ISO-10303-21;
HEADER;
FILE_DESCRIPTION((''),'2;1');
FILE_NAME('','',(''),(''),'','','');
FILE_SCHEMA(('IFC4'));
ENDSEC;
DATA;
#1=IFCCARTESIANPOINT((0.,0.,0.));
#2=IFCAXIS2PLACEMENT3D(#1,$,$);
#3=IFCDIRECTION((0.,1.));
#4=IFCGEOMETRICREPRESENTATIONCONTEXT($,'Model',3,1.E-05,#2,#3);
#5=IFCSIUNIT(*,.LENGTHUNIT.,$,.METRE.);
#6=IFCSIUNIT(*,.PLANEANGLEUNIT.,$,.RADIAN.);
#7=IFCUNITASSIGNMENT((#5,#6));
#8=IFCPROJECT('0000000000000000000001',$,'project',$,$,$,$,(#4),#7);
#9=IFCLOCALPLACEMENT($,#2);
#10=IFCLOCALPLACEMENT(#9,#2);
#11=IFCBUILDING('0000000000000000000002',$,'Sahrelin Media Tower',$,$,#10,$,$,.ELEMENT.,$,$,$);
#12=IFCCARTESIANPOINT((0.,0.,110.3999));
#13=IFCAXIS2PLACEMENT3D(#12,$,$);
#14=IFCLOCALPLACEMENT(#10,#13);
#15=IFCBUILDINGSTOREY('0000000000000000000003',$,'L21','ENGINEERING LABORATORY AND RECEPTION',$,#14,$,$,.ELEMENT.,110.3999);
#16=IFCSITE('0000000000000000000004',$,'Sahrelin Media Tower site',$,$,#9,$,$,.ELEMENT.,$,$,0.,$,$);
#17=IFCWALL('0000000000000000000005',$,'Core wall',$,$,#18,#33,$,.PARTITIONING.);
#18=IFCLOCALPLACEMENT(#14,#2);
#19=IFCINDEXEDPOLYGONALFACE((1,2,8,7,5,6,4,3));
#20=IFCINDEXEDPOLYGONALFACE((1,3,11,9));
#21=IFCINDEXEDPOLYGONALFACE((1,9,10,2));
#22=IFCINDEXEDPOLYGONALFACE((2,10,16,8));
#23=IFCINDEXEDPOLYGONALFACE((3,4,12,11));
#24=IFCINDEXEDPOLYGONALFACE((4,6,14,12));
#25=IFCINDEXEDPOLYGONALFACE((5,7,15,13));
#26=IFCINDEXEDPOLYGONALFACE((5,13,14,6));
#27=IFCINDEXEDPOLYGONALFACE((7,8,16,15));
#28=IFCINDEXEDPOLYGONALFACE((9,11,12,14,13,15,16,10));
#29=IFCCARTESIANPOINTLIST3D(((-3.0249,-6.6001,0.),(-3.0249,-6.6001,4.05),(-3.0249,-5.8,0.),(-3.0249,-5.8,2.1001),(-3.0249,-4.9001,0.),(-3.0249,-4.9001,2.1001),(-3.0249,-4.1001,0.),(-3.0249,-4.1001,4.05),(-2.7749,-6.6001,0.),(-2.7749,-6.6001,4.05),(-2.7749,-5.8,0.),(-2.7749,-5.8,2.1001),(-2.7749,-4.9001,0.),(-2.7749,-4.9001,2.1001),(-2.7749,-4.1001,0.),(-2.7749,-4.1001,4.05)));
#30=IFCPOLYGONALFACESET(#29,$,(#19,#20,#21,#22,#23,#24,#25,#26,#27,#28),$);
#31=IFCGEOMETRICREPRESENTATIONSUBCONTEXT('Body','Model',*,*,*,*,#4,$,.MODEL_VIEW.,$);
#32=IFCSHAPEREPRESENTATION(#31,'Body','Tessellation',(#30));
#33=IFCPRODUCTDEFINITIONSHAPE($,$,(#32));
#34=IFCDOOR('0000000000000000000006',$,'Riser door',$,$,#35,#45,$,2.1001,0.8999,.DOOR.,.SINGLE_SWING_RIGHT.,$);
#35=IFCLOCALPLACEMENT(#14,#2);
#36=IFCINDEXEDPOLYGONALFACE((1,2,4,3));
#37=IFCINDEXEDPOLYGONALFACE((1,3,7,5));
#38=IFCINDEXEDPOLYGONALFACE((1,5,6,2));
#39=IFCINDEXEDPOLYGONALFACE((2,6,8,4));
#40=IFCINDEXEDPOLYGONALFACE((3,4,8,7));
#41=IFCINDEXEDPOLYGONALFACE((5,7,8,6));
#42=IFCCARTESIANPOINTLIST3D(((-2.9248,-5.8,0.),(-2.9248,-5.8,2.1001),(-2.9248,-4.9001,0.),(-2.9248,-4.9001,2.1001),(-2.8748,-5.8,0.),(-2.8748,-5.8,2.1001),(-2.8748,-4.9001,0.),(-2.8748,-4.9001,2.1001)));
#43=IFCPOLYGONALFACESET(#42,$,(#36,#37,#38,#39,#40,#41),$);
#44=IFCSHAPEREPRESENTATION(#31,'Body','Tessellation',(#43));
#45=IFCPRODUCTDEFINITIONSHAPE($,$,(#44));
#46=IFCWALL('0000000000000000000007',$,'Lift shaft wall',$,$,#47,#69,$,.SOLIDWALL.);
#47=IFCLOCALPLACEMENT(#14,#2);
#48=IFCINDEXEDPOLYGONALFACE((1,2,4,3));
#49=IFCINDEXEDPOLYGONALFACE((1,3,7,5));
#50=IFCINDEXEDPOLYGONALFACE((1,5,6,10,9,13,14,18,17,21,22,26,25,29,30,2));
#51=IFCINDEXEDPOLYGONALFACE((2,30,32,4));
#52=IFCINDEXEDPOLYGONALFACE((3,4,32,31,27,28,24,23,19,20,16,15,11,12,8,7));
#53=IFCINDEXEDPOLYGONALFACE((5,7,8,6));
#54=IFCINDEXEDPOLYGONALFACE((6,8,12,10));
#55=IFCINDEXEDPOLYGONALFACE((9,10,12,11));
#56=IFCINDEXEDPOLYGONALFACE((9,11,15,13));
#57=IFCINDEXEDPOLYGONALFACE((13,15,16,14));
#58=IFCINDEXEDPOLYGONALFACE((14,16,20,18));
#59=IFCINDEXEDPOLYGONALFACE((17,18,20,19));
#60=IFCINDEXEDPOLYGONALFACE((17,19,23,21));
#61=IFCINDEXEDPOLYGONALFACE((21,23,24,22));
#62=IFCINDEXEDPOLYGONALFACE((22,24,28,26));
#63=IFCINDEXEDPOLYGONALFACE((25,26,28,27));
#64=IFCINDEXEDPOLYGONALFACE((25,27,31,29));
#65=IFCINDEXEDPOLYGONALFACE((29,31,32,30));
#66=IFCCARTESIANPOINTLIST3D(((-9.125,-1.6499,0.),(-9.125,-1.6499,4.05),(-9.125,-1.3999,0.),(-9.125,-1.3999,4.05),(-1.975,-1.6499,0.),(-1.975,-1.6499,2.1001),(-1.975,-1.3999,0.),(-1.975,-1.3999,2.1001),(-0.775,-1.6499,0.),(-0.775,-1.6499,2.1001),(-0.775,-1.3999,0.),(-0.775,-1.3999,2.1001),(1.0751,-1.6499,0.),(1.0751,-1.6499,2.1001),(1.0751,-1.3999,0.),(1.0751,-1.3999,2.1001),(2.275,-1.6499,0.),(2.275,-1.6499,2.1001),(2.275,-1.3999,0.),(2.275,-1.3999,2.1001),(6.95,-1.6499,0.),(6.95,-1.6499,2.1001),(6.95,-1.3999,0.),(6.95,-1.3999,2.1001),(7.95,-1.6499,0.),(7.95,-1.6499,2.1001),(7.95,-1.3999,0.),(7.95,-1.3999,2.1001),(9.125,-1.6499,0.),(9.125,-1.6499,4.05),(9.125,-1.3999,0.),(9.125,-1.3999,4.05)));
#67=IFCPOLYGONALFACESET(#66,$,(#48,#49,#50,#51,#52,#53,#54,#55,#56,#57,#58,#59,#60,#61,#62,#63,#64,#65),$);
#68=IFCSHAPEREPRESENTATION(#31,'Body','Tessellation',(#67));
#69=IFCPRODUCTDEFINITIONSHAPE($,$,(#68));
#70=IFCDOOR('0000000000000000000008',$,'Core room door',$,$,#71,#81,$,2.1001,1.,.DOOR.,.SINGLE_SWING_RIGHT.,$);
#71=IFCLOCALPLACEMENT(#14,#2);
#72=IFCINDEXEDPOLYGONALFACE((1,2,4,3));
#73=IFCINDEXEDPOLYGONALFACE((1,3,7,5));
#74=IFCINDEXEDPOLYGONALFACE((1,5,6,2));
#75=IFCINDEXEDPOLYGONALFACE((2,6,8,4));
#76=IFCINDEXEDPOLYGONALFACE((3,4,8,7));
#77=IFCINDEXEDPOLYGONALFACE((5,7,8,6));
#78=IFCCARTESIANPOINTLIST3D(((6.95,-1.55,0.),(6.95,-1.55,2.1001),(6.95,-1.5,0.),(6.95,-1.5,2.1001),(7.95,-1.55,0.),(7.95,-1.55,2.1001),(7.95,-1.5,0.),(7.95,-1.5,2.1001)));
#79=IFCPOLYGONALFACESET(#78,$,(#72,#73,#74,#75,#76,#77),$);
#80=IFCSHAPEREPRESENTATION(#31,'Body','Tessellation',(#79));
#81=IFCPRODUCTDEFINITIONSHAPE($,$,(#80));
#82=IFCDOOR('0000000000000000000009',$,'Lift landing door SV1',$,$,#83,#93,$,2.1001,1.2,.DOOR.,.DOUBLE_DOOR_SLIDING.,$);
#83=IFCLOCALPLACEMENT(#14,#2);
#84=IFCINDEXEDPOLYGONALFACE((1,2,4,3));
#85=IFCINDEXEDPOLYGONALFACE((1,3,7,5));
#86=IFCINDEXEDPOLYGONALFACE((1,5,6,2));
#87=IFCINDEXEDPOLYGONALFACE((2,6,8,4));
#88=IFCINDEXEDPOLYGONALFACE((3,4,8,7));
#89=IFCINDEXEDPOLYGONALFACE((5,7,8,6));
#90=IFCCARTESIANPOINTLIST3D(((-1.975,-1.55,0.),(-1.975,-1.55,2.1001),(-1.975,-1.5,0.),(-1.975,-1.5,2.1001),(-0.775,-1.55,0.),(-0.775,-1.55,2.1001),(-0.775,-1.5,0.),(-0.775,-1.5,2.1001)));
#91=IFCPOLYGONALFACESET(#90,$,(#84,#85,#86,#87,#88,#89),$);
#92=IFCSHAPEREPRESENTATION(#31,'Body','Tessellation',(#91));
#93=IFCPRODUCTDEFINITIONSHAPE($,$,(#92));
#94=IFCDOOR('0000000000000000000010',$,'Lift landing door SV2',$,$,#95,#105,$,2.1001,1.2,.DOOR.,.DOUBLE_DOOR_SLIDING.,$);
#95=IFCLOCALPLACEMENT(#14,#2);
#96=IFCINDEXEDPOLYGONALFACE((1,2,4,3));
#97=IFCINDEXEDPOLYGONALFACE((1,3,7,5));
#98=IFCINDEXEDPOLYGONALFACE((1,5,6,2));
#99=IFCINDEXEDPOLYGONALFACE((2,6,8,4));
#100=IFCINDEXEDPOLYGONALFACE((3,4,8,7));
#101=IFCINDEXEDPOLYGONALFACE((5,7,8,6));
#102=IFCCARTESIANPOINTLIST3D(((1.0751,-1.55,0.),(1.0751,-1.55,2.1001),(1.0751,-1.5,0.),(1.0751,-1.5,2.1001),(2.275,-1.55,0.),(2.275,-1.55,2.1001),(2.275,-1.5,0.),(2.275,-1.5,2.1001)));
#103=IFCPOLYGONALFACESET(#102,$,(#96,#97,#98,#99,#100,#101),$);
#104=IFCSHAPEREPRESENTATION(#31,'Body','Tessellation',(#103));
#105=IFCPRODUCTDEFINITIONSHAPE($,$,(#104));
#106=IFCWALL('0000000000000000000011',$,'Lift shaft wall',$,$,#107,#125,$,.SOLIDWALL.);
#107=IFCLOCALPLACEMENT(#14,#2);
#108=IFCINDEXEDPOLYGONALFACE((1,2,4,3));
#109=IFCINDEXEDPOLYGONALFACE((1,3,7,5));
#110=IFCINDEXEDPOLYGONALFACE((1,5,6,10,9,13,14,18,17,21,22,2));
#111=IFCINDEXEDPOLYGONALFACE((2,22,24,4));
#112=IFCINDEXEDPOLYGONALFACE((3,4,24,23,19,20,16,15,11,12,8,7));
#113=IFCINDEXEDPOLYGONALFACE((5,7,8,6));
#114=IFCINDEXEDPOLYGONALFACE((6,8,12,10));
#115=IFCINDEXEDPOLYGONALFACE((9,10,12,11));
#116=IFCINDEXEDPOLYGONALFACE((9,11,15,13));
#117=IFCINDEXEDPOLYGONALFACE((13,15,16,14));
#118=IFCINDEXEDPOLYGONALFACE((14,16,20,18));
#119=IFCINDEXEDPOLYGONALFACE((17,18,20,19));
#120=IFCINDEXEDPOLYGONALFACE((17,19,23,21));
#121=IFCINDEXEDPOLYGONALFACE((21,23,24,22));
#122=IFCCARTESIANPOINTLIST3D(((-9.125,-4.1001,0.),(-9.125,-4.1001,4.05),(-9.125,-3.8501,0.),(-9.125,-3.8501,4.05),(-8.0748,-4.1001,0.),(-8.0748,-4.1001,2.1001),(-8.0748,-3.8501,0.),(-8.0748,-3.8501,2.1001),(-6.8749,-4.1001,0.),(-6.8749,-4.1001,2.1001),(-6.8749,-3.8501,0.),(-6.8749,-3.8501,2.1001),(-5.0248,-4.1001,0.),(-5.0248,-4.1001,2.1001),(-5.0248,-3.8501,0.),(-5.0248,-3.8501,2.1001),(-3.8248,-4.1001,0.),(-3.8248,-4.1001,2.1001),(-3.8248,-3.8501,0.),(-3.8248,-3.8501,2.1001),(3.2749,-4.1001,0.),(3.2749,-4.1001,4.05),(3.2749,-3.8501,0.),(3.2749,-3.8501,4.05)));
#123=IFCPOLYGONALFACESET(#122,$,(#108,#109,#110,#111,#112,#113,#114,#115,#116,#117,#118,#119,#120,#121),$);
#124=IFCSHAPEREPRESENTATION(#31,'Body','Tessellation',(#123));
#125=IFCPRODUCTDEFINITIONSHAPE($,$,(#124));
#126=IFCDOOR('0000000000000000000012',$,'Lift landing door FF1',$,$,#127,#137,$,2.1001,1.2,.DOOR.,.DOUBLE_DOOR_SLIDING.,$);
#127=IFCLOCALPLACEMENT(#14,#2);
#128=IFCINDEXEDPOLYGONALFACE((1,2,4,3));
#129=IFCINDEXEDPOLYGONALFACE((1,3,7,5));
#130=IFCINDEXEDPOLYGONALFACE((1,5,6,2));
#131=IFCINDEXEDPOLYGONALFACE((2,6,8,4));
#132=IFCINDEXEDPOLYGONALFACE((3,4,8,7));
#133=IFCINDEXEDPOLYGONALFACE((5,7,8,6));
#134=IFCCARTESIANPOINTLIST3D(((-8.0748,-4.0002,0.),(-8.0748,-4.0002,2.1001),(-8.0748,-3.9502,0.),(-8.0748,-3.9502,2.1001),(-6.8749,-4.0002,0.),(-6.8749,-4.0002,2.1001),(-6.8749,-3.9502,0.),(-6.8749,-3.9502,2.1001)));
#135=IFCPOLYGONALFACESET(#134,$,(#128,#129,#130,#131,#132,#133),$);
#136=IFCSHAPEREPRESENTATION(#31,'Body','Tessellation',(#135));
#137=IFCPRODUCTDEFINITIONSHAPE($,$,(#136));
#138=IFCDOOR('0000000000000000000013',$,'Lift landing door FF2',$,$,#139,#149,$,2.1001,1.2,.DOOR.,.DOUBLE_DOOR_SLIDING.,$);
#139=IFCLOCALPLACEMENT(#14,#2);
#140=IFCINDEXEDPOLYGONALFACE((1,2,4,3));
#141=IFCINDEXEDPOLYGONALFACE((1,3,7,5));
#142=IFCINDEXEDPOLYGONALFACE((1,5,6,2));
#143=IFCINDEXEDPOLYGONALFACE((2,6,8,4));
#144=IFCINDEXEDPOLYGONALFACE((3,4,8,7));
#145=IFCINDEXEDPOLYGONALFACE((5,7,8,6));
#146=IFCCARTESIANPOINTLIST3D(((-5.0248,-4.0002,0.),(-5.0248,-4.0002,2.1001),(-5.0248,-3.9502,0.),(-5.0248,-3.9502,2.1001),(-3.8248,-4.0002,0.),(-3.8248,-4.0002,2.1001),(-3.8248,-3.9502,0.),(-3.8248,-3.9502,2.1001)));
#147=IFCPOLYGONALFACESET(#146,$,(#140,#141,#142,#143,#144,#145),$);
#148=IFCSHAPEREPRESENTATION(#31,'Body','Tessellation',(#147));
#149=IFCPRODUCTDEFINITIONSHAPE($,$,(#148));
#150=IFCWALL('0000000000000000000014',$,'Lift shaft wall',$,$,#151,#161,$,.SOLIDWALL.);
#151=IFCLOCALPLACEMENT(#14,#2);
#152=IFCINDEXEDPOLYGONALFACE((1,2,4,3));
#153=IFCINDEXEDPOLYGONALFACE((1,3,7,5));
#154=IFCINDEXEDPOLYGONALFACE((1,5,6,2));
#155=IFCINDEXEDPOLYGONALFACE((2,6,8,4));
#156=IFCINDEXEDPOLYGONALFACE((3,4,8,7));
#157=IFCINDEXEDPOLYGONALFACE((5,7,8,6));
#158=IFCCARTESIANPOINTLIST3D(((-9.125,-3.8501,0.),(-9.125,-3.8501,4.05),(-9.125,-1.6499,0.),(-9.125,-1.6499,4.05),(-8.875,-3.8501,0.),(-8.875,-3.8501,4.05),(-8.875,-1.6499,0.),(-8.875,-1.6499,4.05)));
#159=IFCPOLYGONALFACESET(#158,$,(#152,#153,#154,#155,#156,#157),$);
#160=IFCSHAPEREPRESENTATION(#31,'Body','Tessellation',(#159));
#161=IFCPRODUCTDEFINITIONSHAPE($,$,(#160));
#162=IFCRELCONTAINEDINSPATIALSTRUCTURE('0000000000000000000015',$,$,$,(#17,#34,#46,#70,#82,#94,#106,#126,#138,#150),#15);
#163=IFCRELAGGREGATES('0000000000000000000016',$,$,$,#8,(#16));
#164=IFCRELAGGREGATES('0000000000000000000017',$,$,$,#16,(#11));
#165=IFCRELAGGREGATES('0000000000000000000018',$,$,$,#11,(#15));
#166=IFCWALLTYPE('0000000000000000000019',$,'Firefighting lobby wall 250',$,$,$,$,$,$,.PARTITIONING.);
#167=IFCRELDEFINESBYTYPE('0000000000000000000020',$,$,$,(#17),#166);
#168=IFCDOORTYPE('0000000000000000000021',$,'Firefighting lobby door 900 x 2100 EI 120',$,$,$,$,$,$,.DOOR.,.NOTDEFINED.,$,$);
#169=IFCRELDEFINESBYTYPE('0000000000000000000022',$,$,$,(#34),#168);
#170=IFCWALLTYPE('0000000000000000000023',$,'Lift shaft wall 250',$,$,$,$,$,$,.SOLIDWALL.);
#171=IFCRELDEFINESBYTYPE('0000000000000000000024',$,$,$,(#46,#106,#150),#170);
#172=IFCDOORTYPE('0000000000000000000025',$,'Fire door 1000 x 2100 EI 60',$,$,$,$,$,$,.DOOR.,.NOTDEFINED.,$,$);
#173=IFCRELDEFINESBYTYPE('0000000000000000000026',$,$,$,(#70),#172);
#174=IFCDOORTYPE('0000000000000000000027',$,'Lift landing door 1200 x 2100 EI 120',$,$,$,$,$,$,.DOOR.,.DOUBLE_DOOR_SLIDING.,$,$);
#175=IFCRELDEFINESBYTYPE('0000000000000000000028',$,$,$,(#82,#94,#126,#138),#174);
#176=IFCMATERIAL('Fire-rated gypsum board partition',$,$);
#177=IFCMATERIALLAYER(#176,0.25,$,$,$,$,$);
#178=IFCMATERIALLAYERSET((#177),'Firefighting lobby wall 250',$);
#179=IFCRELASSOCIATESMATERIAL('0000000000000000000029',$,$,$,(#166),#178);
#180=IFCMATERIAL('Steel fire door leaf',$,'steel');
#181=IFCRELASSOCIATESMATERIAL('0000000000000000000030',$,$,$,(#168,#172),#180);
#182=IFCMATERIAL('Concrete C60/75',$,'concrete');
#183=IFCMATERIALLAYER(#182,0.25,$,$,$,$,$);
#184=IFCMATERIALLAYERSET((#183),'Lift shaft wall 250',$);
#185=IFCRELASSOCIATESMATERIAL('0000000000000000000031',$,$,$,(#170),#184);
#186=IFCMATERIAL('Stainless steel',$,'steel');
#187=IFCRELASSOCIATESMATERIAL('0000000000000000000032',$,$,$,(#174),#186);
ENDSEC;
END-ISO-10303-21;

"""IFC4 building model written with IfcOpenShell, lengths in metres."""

from ifc_helpers import new_model, si_unit, direction, frame, frame_2d, origin, place, context, subcontext, project, spatial, rectangle, extrude, material, layer, layer_set, type_object, element, fill, save


model = new_model("IFC4")

# Units and contexts
model_context = context("Model", 3, precision=1e-05, world=origin(), true_north=direction((0.0, 1.0)))
body_context = subcontext(model_context, "Body", "Model", "MODEL_VIEW")
ifc_project = project(units=[si_unit("LENGTHUNIT", "METRE"), si_unit("PLANEANGLEUNIT", "RADIAN")], contexts=[model_context])

# Site, building, storey
site_placement = place(None, origin())
site = spatial("IfcSite", under=ifc_project, at=site_placement, Name="Sahrelin Media Tower site", CompositionType="ELEMENT", RefElevation=0.0)
building_placement = place(site_placement, origin())
building = spatial("IfcBuilding", under=site, at=building_placement, Name="Sahrelin Media Tower", CompositionType="ELEMENT")
storey_placement = place(building_placement, frame((0.0, 0.0, 110.3999)))
storey = spatial("IfcBuildingStorey", under=building, at=storey_placement, Name="L21", Description="ENGINEERING LABORATORY AND RECEPTION", CompositionType="ELEMENT", Elevation=110.3999)

# Wall, opening, door
ifc_material_1 = material(Name="Fire-rated gypsum board partition")
ifc_layer_1 = layer(ifc_material_1, 0.25)
ifc_layer_set_1 = layer_set([ifc_layer_1], Name="Firefighting lobby wall 250")
wall_type_1 = type_object("IfcWallType", Name="Firefighting lobby wall 250", PredefinedType="PARTITIONING", material=ifc_layer_set_1)
ifc_material_2 = material(Name="Steel fire door leaf", Category="steel")
wall_1_placement = place(storey_placement, frame((-2.8999, -6.6001, 0.0), z_axis=(0.0, 0.0, 1.0), x_axis=(0.0, 1.0, 0.0)))
wall_1 = element("IfcWall", 1, at=wall_1_placement, inside=storey, type_object=wall_type_1, Name="Core wall", PredefinedType="PARTITIONING", context=body_context, shape_type="SweptSolid", body=[
    extrude(rectangle(XDim=2.5, YDim=0.25, at=frame_2d((1.25, 0.0))), origin(), (0.0, 0.0, 1.0), 4.05),
])
opening_1_placement = place(wall_1_placement, frame((0.8, 0.0, 0.0)))
opening_1 = element("IfcOpeningElement", 2, at=opening_1_placement, cuts=wall_1, PredefinedType="OPENING", context=body_context, shape_type="SweptSolid", body=[
    extrude(rectangle(XDim=0.8999, YDim=2.1001, at=frame_2d((0.45, 1.05))), frame((0.0, 0.125, 0.0), z_axis=(0.0, -1.0, 0.0), x_axis=(1.0, 0.0, 0.0)), (0.0, 0.0, 1.0), 0.25),
])
door_type_1 = type_object("IfcDoorType", Name="Firefighting lobby door 900 x 2100 EI 120", OperationType="NOTDEFINED", PredefinedType="DOOR", material=ifc_material_2)
door_1_placement = place(opening_1_placement, origin())
door_1 = element("IfcDoor", 3, at=door_1_placement, inside=storey, type_object=door_type_1, Name="Riser door", OperationType="SINGLE_SWING_RIGHT", OverallHeight=2.1001, OverallWidth=0.8999, PredefinedType="DOOR", context=body_context, shape_type="SweptSolid", body=[
    extrude(rectangle(XDim=0.8999, YDim=2.1001, at=frame_2d((0.45, 1.05))), frame((0.0, 0.0249, 0.0), z_axis=(0.0, -1.0, 0.0), x_axis=(1.0, 0.0, 0.0)), (0.0, 0.0, 1.0), 0.05),
])
fill(opening_1, door_1)

# Walls, openings, doors
ifc_material_3 = material(Name="Concrete C60/75", Category="concrete")
ifc_layer_2 = layer(ifc_material_3, 0.25)
ifc_layer_set_2 = layer_set([ifc_layer_2], Name="Lift shaft wall 250")
wall_type_2 = type_object("IfcWallType", Name="Lift shaft wall 250", PredefinedType="SOLIDWALL", material=ifc_layer_set_2)
wall_2_placement = place(storey_placement, frame((-9.125, -1.5249, 0.0), z_axis=(0.0, 0.0, 1.0), x_axis=(1.0, 0.0, 0.0)))
wall_2 = element("IfcWall", 4, at=wall_2_placement, inside=storey, type_object=wall_type_2, Name="Lift shaft wall", PredefinedType="SOLIDWALL", context=body_context, shape_type="SweptSolid", body=[
    extrude(rectangle(XDim=18.25, YDim=0.25, at=frame_2d((9.125, 0.0))), origin(), (0.0, 0.0, 1.0), 4.05),
])
opening_2_placement = place(wall_2_placement, frame((7.1499, 0.0, 0.0)))
opening_2 = element("IfcOpeningElement", 5, at=opening_2_placement, cuts=wall_2, PredefinedType="OPENING", context=body_context, shape_type="SweptSolid", body=[
    extrude(rectangle(XDim=1.2, YDim=2.1001, at=frame_2d((0.6001, 1.05))), frame((0.0, 0.125, 0.0), z_axis=(0.0, -1.0, 0.0), x_axis=(1.0, 0.0, 0.0)), (0.0, 0.0, 1.0), 0.25),
])
opening_3_placement = place(wall_2_placement, frame((10.2, 0.0, 0.0)))
opening_3 = element("IfcOpeningElement", 6, at=opening_3_placement, cuts=wall_2, PredefinedType="OPENING", context=body_context, shape_type="SweptSolid", body=[
    extrude(rectangle(XDim=1.2, YDim=2.1001, at=frame_2d((0.6001, 1.05))), frame((0.0, 0.125, 0.0), z_axis=(0.0, -1.0, 0.0), x_axis=(1.0, 0.0, 0.0)), (0.0, 0.0, 1.0), 0.25),
])
opening_4_placement = place(wall_2_placement, frame((16.075, 0.0, 0.0)))
opening_4 = element("IfcOpeningElement", 7, at=opening_4_placement, cuts=wall_2, PredefinedType="OPENING", context=body_context, shape_type="SweptSolid", body=[
    extrude(rectangle(XDim=1.0, YDim=2.1001, at=frame_2d((0.5, 1.05))), frame((0.0, 0.125, 0.0), z_axis=(0.0, -1.0, 0.0), x_axis=(1.0, 0.0, 0.0)), (0.0, 0.0, 1.0), 0.25),
])
door_type_2 = type_object("IfcDoorType", Name="Fire door 1000 x 2100 EI 60", OperationType="NOTDEFINED", PredefinedType="DOOR", material=ifc_material_2)
door_2_placement = place(opening_4_placement, origin())
door_2 = element("IfcDoor", 8, at=door_2_placement, inside=storey, type_object=door_type_2, Name="Core room door", OperationType="SINGLE_SWING_RIGHT", OverallHeight=2.1001, OverallWidth=1.0, PredefinedType="DOOR", context=body_context, shape_type="SweptSolid", body=[
    extrude(rectangle(XDim=1.0, YDim=2.1001, at=frame_2d((0.5, 1.05))), frame((0.0, 0.0249, 0.0), z_axis=(0.0, -1.0, 0.0), x_axis=(1.0, 0.0, 0.0)), (0.0, 0.0, 1.0), 0.05),
])
fill(opening_4, door_2)
ifc_material_4 = material(Name="Stainless steel", Category="steel")
door_type_3 = type_object("IfcDoorType", Name="Lift landing door 1200 x 2100 EI 120", OperationType="DOUBLE_DOOR_SLIDING", PredefinedType="DOOR", material=ifc_material_4)
door_3_placement = place(opening_2_placement, origin())
door_3 = element("IfcDoor", 9, at=door_3_placement, inside=storey, type_object=door_type_3, Name="Lift landing door SV1", OperationType="DOUBLE_DOOR_SLIDING", OverallHeight=2.1001, OverallWidth=1.2, PredefinedType="DOOR", context=body_context, shape_type="SweptSolid", body=[
    extrude(rectangle(XDim=1.2, YDim=2.1001, at=frame_2d((0.6001, 1.05))), frame((0.0, 0.0249, 0.0), z_axis=(0.0, -1.0, 0.0), x_axis=(1.0, 0.0, 0.0)), (0.0, 0.0, 1.0), 0.05),
])
fill(opening_2, door_3)
door_4_placement = place(opening_3_placement, origin())
door_4 = element("IfcDoor", 10, at=door_4_placement, inside=storey, type_object=door_type_3, Name="Lift landing door SV2", OperationType="DOUBLE_DOOR_SLIDING", OverallHeight=2.1001, OverallWidth=1.2, PredefinedType="DOOR", context=body_context, shape_type="SweptSolid", body=[
    extrude(rectangle(XDim=1.2, YDim=2.1001, at=frame_2d((0.6001, 1.05))), frame((0.0, 0.0249, 0.0), z_axis=(0.0, -1.0, 0.0), x_axis=(1.0, 0.0, 0.0)), (0.0, 0.0, 1.0), 0.05),
])
fill(opening_3, door_4)
wall_3_placement = place(storey_placement, frame((-9.125, -3.9751, 0.0), z_axis=(0.0, 0.0, 1.0), x_axis=(1.0, 0.0, 0.0)))
wall_3 = element("IfcWall", 11, at=wall_3_placement, inside=storey, type_object=wall_type_2, Name="Lift shaft wall", PredefinedType="SOLIDWALL", context=body_context, shape_type="SweptSolid", body=[
    extrude(rectangle(XDim=12.3999, YDim=0.25, at=frame_2d((6.2, 0.0))), origin(), (0.0, 0.0, 1.0), 4.05),
])
opening_5_placement = place(wall_3_placement, frame((1.05, 0.0, 0.0)))
opening_5 = element("IfcOpeningElement", 12, at=opening_5_placement, cuts=wall_3, PredefinedType="OPENING", context=body_context, shape_type="SweptSolid", body=[
    extrude(rectangle(XDim=1.2, YDim=2.1001, at=frame_2d((0.6001, 1.05))), frame((0.0, 0.125, 0.0), z_axis=(0.0, -1.0, 0.0), x_axis=(1.0, 0.0, 0.0)), (0.0, 0.0, 1.0), 0.25),
])
opening_6_placement = place(wall_3_placement, frame((4.1001, 0.0, 0.0)))
opening_6 = element("IfcOpeningElement", 13, at=opening_6_placement, cuts=wall_3, PredefinedType="OPENING", context=body_context, shape_type="SweptSolid", body=[
    extrude(rectangle(XDim=1.2, YDim=2.1001, at=frame_2d((0.6001, 1.05))), frame((0.0, 0.125, 0.0), z_axis=(0.0, -1.0, 0.0), x_axis=(1.0, 0.0, 0.0)), (0.0, 0.0, 1.0), 0.25),
])
door_5_placement = place(opening_5_placement, origin())
door_5 = element("IfcDoor", 14, at=door_5_placement, inside=storey, type_object=door_type_3, Name="Lift landing door FF1", OperationType="DOUBLE_DOOR_SLIDING", OverallHeight=2.1001, OverallWidth=1.2, PredefinedType="DOOR", context=body_context, shape_type="SweptSolid", body=[
    extrude(rectangle(XDim=1.2, YDim=2.1001, at=frame_2d((0.6001, 1.05))), frame((0.0, 0.0249, 0.0), z_axis=(0.0, -1.0, 0.0), x_axis=(1.0, 0.0, 0.0)), (0.0, 0.0, 1.0), 0.05),
])
fill(opening_5, door_5)
door_6_placement = place(opening_6_placement, origin())
door_6 = element("IfcDoor", 15, at=door_6_placement, inside=storey, type_object=door_type_3, Name="Lift landing door FF2", OperationType="DOUBLE_DOOR_SLIDING", OverallHeight=2.1001, OverallWidth=1.2, PredefinedType="DOOR", context=body_context, shape_type="SweptSolid", body=[
    extrude(rectangle(XDim=1.2, YDim=2.1001, at=frame_2d((0.6001, 1.05))), frame((0.0, 0.0249, 0.0), z_axis=(0.0, -1.0, 0.0), x_axis=(1.0, 0.0, 0.0)), (0.0, 0.0, 1.0), 0.05),
])
fill(opening_6, door_6)

# Wall
for number, where, z_axis, x_axis, name in (
    (16, (-9.0, -3.8501, 0.0), (0.0, 0.0, 1.0), (0.0, 1.0, 0.0), "Lift shaft wall"),
):
    element("IfcWall", number, at=place(storey_placement, frame(where, z_axis=z_axis, x_axis=x_axis)), inside=storey, type_object=wall_type_2, Name=name, PredefinedType="SOLIDWALL", context=body_context, shape_type="SweptSolid", body=[
        extrude(rectangle(XDim=2.2002, YDim=0.25, at=frame_2d((1.1001, 0.0))), origin(), (0.0, 0.0, 1.0), 4.05),
    ])

save(model, "model.ifc")
